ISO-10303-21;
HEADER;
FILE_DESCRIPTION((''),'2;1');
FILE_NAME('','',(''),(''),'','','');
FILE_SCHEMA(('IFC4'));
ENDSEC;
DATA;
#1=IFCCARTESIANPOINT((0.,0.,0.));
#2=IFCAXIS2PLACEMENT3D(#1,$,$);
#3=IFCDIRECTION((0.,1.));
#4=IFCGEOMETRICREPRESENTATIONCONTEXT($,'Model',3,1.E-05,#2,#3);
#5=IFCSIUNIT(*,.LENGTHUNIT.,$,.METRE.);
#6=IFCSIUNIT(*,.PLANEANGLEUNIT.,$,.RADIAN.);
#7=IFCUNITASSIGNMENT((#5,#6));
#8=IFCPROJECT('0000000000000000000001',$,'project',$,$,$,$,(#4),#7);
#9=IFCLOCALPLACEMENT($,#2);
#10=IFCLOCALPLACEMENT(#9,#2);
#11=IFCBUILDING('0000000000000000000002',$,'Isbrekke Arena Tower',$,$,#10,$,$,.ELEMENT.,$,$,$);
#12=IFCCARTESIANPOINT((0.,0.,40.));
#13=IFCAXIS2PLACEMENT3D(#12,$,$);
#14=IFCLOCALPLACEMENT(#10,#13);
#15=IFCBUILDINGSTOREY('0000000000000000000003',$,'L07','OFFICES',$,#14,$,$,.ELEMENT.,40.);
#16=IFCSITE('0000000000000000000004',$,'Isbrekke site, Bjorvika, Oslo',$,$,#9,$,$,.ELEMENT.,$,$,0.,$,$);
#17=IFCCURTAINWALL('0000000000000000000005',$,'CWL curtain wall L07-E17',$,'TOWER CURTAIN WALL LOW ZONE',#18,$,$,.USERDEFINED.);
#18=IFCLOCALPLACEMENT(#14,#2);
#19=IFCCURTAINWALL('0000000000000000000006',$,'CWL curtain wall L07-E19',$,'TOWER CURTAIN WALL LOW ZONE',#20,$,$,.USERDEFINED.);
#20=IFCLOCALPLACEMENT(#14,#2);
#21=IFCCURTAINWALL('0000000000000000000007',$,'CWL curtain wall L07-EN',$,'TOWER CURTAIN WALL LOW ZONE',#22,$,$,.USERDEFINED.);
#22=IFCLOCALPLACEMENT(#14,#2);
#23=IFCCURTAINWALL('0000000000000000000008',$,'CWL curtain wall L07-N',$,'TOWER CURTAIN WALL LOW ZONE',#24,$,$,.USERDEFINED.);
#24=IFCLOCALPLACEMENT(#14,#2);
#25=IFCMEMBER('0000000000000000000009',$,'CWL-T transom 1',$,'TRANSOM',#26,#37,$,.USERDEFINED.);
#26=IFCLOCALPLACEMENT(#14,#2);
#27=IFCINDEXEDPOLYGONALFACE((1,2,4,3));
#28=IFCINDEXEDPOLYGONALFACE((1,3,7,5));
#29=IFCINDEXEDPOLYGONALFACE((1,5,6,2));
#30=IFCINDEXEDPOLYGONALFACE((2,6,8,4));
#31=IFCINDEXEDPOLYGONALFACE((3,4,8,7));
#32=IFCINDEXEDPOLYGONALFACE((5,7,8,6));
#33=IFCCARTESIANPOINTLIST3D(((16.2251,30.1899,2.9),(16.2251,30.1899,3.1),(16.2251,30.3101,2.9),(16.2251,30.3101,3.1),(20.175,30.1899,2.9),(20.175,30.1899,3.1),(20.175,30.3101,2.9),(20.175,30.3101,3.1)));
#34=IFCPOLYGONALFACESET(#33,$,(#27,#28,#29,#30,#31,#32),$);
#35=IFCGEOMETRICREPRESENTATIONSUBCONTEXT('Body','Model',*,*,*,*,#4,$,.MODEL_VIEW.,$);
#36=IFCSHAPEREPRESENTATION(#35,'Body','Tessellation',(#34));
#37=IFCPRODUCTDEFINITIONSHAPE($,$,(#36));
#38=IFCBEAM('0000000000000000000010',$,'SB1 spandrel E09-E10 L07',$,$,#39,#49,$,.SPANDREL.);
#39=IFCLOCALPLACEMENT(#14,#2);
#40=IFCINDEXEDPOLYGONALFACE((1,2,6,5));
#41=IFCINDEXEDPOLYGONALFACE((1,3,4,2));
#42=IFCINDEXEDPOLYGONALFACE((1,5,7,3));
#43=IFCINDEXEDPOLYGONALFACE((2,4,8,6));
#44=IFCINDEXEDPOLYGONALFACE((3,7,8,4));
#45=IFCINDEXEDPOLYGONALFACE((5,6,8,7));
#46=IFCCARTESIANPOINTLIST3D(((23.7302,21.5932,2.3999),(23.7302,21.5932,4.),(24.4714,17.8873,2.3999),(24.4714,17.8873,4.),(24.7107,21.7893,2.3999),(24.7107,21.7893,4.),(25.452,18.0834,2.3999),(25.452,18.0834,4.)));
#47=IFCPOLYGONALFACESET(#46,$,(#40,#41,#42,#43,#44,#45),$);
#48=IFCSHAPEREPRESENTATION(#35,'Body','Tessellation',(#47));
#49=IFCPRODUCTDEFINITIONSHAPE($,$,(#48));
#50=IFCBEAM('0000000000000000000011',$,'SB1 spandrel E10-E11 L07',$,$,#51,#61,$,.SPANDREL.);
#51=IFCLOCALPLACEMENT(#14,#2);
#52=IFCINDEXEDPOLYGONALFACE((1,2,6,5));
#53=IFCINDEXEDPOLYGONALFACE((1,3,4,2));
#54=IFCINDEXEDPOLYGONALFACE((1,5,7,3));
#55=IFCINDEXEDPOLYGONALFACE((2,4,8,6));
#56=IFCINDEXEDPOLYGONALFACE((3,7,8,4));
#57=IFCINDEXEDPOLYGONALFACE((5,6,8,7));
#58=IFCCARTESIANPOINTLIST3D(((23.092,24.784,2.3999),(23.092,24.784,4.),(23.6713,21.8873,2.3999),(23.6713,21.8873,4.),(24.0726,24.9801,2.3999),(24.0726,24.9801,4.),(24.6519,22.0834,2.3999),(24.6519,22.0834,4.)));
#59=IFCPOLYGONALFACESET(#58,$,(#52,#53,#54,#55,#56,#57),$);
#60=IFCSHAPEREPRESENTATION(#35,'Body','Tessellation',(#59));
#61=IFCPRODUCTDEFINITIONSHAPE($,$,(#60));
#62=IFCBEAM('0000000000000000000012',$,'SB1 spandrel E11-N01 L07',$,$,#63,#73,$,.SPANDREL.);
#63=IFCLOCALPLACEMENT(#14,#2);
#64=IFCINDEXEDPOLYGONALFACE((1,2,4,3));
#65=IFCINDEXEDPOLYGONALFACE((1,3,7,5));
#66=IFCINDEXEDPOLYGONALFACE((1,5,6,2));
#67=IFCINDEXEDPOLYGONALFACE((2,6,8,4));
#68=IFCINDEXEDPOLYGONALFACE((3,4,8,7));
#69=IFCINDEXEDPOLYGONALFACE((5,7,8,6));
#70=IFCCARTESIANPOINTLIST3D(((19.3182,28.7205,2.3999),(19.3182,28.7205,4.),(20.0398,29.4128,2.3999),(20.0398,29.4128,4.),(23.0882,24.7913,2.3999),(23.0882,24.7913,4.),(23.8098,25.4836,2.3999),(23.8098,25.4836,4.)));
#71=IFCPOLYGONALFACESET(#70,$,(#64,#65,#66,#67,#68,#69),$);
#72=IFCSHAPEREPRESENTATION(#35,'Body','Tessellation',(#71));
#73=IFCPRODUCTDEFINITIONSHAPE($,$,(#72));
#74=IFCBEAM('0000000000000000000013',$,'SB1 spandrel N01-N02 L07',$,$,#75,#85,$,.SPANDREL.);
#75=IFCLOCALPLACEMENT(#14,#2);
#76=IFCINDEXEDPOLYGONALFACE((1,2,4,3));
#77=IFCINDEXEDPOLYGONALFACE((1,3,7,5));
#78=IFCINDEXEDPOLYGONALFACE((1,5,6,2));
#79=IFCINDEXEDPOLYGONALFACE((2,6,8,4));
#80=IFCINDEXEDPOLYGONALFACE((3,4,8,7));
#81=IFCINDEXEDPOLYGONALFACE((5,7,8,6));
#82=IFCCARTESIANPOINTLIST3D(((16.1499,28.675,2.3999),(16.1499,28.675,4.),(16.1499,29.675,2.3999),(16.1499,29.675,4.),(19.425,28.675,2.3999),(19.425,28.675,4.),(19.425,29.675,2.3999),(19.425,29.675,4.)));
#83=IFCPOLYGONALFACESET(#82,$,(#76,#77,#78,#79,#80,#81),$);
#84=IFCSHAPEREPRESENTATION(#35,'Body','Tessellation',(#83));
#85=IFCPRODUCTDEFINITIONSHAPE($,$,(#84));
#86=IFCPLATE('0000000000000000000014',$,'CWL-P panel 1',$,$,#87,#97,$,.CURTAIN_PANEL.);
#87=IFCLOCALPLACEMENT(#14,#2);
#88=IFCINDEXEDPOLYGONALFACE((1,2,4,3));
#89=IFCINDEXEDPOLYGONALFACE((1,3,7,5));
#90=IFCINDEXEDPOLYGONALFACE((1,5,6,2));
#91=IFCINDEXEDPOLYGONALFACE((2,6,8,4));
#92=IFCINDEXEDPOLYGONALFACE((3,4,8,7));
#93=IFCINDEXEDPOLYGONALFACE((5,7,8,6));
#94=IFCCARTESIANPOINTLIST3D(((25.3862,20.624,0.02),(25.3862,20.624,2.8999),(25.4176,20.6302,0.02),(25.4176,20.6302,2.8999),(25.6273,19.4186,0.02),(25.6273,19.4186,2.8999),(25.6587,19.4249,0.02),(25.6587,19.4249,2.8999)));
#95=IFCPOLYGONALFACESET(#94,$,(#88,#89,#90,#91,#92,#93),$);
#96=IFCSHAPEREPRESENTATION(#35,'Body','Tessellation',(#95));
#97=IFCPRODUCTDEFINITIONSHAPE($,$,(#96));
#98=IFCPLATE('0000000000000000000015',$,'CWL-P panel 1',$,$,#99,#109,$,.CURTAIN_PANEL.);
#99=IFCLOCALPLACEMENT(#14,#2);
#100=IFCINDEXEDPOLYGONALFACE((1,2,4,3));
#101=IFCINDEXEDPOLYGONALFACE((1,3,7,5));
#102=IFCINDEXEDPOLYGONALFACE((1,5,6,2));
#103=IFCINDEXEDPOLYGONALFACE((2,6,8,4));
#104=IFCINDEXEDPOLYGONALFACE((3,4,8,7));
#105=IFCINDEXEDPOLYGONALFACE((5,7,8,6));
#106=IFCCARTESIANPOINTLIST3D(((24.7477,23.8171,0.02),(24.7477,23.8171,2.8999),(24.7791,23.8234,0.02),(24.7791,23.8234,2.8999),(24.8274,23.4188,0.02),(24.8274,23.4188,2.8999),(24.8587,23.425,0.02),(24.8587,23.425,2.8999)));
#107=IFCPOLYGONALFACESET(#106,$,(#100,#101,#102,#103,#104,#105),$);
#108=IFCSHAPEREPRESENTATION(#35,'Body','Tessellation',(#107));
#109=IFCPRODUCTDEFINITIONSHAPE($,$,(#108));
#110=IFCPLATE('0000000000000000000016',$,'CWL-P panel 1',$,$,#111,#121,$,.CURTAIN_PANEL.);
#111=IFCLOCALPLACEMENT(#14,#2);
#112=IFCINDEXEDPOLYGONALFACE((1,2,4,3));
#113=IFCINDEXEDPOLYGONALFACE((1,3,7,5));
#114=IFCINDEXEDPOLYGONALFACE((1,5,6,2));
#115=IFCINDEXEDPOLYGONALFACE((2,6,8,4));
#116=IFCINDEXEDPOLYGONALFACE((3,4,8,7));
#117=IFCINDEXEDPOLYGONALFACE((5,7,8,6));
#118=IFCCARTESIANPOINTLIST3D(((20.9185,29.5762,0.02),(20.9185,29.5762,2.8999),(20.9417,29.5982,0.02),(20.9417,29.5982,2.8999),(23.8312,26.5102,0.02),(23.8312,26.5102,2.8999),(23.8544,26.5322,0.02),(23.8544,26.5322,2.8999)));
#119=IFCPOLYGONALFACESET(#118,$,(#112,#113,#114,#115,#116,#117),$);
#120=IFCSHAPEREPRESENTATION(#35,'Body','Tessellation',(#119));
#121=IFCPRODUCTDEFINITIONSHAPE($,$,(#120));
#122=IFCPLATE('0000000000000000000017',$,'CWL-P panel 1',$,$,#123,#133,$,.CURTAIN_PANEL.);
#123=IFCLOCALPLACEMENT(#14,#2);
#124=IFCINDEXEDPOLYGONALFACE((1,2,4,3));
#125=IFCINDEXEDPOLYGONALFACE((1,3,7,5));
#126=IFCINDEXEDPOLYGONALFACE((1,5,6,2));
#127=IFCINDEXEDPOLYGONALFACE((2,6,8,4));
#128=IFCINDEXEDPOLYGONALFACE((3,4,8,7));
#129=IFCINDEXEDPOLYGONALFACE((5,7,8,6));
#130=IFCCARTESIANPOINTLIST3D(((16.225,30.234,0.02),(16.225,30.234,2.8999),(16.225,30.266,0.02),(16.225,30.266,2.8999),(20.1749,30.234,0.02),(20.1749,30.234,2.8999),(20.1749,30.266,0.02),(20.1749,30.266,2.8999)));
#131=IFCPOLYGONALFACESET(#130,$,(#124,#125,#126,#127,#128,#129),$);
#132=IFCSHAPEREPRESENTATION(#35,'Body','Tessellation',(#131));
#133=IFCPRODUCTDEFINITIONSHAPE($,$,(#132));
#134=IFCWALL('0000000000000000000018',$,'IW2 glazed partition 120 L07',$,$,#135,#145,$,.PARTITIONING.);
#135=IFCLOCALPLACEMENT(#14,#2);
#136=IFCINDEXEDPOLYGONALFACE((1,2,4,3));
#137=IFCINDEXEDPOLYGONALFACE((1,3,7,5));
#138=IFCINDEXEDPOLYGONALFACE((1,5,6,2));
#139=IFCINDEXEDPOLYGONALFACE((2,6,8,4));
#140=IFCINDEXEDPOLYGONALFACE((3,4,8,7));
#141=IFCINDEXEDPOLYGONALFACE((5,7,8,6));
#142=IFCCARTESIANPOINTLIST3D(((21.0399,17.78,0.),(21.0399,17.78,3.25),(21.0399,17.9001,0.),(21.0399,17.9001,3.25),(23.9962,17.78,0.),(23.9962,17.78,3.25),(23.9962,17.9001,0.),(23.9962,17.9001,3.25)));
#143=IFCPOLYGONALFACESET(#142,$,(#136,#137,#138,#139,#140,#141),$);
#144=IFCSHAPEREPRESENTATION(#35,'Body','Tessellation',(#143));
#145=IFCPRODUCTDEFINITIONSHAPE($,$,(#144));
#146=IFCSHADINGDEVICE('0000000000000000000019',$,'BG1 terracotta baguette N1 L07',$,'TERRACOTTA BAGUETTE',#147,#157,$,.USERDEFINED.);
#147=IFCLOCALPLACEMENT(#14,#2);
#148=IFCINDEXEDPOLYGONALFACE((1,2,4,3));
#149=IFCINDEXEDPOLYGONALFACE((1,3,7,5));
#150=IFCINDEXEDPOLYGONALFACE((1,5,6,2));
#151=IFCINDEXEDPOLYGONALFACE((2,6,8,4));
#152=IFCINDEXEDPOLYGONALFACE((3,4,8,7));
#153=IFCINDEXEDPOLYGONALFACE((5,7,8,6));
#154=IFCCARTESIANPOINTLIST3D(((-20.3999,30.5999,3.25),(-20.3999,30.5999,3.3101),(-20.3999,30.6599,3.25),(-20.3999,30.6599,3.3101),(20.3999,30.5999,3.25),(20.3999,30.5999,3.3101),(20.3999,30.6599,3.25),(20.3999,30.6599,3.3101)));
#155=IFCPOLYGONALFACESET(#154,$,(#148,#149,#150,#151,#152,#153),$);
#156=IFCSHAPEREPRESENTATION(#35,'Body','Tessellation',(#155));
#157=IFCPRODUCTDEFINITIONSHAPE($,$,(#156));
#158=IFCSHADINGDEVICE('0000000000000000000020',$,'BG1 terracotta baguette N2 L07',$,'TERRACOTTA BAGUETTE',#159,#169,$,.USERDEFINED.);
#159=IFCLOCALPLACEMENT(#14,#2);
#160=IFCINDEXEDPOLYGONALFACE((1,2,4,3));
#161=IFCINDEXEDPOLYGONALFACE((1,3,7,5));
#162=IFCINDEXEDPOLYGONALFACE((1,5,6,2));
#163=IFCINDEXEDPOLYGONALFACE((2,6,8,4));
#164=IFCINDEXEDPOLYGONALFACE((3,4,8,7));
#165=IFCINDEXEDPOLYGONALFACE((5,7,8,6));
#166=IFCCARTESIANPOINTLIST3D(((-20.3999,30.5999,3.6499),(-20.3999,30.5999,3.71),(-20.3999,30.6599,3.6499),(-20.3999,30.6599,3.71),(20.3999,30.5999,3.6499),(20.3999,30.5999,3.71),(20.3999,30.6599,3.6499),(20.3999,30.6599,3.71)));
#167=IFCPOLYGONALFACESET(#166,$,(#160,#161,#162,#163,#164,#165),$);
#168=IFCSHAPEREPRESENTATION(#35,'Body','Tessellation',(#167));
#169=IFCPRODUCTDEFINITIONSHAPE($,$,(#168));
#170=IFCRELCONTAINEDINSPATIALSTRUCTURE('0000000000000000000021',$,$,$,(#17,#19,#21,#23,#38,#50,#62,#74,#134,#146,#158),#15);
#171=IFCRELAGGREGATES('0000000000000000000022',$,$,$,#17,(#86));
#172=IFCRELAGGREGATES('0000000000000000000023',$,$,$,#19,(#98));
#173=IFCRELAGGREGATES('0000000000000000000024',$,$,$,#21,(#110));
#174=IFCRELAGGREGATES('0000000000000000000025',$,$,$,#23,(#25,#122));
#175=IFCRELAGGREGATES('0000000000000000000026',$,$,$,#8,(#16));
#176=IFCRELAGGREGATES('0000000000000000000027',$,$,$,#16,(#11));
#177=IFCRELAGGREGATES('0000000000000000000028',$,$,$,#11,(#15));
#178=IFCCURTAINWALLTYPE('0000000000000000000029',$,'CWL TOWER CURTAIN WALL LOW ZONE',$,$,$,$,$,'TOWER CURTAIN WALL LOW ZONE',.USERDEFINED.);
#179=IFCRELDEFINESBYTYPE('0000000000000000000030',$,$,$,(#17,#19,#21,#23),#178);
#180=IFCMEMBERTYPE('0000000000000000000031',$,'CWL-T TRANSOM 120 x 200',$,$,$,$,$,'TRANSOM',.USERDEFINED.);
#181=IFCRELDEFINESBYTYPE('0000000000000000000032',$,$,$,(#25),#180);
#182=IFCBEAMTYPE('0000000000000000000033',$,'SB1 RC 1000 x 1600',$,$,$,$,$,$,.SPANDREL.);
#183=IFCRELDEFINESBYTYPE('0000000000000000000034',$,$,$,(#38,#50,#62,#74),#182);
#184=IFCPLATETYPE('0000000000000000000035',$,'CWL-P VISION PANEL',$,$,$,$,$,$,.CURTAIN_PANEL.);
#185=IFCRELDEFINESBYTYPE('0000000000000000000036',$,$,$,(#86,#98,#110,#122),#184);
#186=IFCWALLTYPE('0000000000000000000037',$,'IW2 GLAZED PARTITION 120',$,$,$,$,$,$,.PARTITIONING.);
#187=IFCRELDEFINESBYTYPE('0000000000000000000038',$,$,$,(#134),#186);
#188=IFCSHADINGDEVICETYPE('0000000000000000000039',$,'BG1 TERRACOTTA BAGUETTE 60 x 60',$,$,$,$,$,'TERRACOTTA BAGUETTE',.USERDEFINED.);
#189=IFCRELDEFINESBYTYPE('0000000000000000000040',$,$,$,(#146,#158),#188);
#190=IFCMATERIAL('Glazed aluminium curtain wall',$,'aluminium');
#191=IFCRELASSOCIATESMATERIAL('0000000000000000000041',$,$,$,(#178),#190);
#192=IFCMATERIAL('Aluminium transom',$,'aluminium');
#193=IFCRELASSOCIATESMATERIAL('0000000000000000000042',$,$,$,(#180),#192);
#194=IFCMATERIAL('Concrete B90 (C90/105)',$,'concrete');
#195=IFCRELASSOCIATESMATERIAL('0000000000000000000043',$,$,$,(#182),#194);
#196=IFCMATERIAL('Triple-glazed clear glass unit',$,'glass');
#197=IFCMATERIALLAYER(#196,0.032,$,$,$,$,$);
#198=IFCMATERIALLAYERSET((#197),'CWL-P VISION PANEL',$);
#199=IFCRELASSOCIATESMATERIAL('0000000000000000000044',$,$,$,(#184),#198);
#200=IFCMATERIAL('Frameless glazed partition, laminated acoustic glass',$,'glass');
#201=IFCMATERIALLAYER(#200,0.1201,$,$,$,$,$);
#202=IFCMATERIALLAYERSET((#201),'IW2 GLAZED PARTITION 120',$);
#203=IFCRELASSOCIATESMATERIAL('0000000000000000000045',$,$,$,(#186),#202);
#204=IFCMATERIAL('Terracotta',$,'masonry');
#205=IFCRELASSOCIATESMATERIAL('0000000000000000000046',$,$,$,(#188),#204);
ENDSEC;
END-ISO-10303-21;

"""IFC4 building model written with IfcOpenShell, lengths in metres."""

from ifc_helpers import new_model, si_unit, direction, frame, frame_2d, origin, origin_2d, place, context, subcontext, project, spatial, rectangle, extrude, material, layer, layer_set, material_profile, profile_set, type_object, element, aggregate, save


model = new_model("IFC4")

# Units and contexts
model_context = context("Model", 3, precision=1e-05, world=origin(), true_north=direction((0.0, 1.0)))
body_context = subcontext(model_context, "Body", "Model", "MODEL_VIEW")
ifc_project = project(units=[si_unit("LENGTHUNIT", "METRE"), si_unit("PLANEANGLEUNIT", "RADIAN")], contexts=[model_context])

# Site, building, storey
site_placement = place(None, origin())
site = spatial("IfcSite", under=ifc_project, at=site_placement, Name="Isbrekke site, Bjorvika, Oslo", CompositionType="ELEMENT", RefElevation=0.0)
building_placement = place(site_placement, origin())
building = spatial("IfcBuilding", under=site, at=building_placement, Name="Isbrekke Arena Tower", CompositionType="ELEMENT")
storey_placement = place(building_placement, frame((0.0, 0.0, 40.0)))
storey = spatial("IfcBuildingStorey", under=building, at=storey_placement, Name="L07", Description="OFFICES", CompositionType="ELEMENT", Elevation=40.0)

# Curtain walls
ifc_material_1 = material(Name="Glazed aluminium curtain wall", Category="aluminium")
curtain_wall_type = type_object("IfcCurtainWallType", Name="CWL TOWER CURTAIN WALL LOW ZONE", ElementType="TOWER CURTAIN WALL LOW ZONE", PredefinedType="USERDEFINED", material=ifc_material_1)
curtain_wall_1_placement = place(storey_placement, origin())
curtain_wall_1 = element("IfcCurtainWall", 1, at=curtain_wall_1_placement, inside=storey, type_object=curtain_wall_type, Name="CWL curtain wall L07-E17", ObjectType="TOWER CURTAIN WALL LOW ZONE", PredefinedType="USERDEFINED")
curtain_wall_2_placement = place(storey_placement, origin())
curtain_wall_2 = element("IfcCurtainWall", 2, at=curtain_wall_2_placement, inside=storey, type_object=curtain_wall_type, Name="CWL curtain wall L07-E19", ObjectType="TOWER CURTAIN WALL LOW ZONE", PredefinedType="USERDEFINED")
curtain_wall_3_placement = place(storey_placement, origin())
curtain_wall_3 = element("IfcCurtainWall", 3, at=curtain_wall_3_placement, inside=storey, type_object=curtain_wall_type, Name="CWL curtain wall L07-EN", ObjectType="TOWER CURTAIN WALL LOW ZONE", PredefinedType="USERDEFINED")
curtain_wall_4_placement = place(storey_placement, origin())
curtain_wall_4 = element("IfcCurtainWall", 4, at=curtain_wall_4_placement, inside=storey, type_object=curtain_wall_type, Name="CWL curtain wall L07-N", ObjectType="TOWER CURTAIN WALL LOW ZONE", PredefinedType="USERDEFINED")

# Member
ifc_material_2 = material(Name="Aluminium transom", Category="aluminium")
ifc_material_profile_1 = material_profile(ifc_material_2, rectangle(XDim=0.1201, YDim=0.2, at=origin_2d()), Name="TRANSOM 120X200")
ifc_profile_set_1 = profile_set([ifc_material_profile_1], Name="Aluminium transom")
member_type_1 = type_object("IfcMemberType", Name="CWL-T TRANSOM 120 x 200", ElementType="TRANSOM", PredefinedType="USERDEFINED", material=ifc_profile_set_1)
member_1_placement = place(storey_placement, frame((20.175, 30.25, 3.0), z_axis=(-1.0, 0.0, 0.0), x_axis=(0.0, -1.0, 0.0)))
member_1 = element("IfcMember", 5, at=member_1_placement, type_object=member_type_1, Name="CWL-T transom 1", ObjectType="TRANSOM", PredefinedType="USERDEFINED", context=body_context, shape_type="SweptSolid", body=[
    extrude(rectangle(XDim=0.1201, YDim=0.2, at=origin_2d()), origin(), (0.0, 0.0, 1.0), 3.95),
])

# Beams
ifc_material_3 = material(Name="Concrete B90 (C90/105)", Category="concrete")
ifc_material_profile_2 = material_profile(ifc_material_3, rectangle(XDim=1.0, YDim=1.6001, at=origin_2d()), Name="RC 1000x1600")
ifc_profile_set_2 = profile_set([ifc_material_profile_2], Name="Concrete B90 (C90/105)")
beam_type_1 = type_object("IfcBeamType", Name="SB1 RC 1000 x 1600", PredefinedType="SPANDREL", material=ifc_profile_set_2)
beam_1_placement = place(storey_placement, frame((24.9617, 17.9854, 3.2), z_axis=(-0.196129, 0.980578, 0.0), x_axis=(-0.980578, -0.196129, 0.0)))
element("IfcBeam", 6, at=beam_1_placement, inside=storey, type_object=beam_type_1, Name="SB1 spandrel E09-E10 L07", PredefinedType="SPANDREL", context=body_context, shape_type="SweptSolid", body=[
    extrude(rectangle(XDim=1.0, YDim=1.6001, at=origin_2d()), origin(), (0.0, 0.0, 1.0), 3.7793),
])
beam_2_placement = place(storey_placement, frame((24.1616, 21.9854, 3.2), z_axis=(-0.196116, 0.980581, 0.0), x_axis=(-0.980581, -0.196116, 0.0)))
element("IfcBeam", 7, at=beam_2_placement, inside=storey, type_object=beam_type_1, Name="SB1 spandrel E10-E11 L07", PredefinedType="SPANDREL", context=body_context, shape_type="SweptSolid", body=[
    extrude(rectangle(XDim=1.0, YDim=1.6001, at=origin_2d()), origin(), (0.0, 0.0, 1.0), 2.9541),
])
beam_3_placement = place(storey_placement, frame((23.449, 25.1375, 3.2), z_axis=(-0.69234, 0.721572, 0.0), x_axis=(-0.721572, -0.69234, 0.0)))
element("IfcBeam", 8, at=beam_3_placement, inside=storey, type_object=beam_type_1, Name="SB1 spandrel E11-N01 L07", PredefinedType="SPANDREL", context=body_context, shape_type="SweptSolid", body=[
    extrude(rectangle(XDim=1.0, YDim=1.6001, at=origin_2d()), origin(), (0.0, 0.0, 1.0), 5.4453),
])
beam_4_placement = place(storey_placement, frame((19.425, 29.175, 3.2), z_axis=(-1.0, 0.0, 0.0), x_axis=(0.0, -1.0, 0.0)))
element("IfcBeam", 9, at=beam_4_placement, inside=storey, type_object=beam_type_1, Name="SB1 spandrel N01-N02 L07", PredefinedType="SPANDREL", context=body_context, shape_type="SweptSolid", body=[
    extrude(rectangle(XDim=1.0, YDim=1.6001, at=origin_2d()), origin(), (0.0, 0.0, 1.0), 3.2751),
])

# Plates
ifc_material_4 = material(Name="Triple-glazed clear glass unit", Category="glass")
ifc_layer_1 = layer(ifc_material_4, 0.032)
ifc_layer_set_1 = layer_set([ifc_layer_1], Name="CWL-P VISION PANEL")
plate_type = type_object("IfcPlateType", Name="CWL-P VISION PANEL", PredefinedType="CURTAIN_PANEL", material=ifc_layer_set_1)
plate_1_placement = place(storey_placement, frame((25.5225, 20.0244, 0.02), z_axis=(0.0, 0.0, 1.0), x_axis=(-0.196116, 0.980581, 0.0)))
plate_1 = element("IfcPlate", 10, at=plate_1_placement, type_object=plate_type, Name="CWL-P panel 1", PredefinedType="CURTAIN_PANEL", context=body_context, shape_type="SweptSolid", body=[
    extrude(rectangle(XDim=1.2292, YDim=0.032, at=origin_2d()), origin(), (0.0, 0.0, 1.0), 2.8799),
])
aggregate(curtain_wall_1, [plate_1])
plate_2_placement = place(storey_placement, frame((24.8032, 23.6211, 0.02), z_axis=(0.0, 0.0, 1.0), x_axis=(-0.196116, 0.980581, 0.0)))
plate_2 = element("IfcPlate", 11, at=plate_2_placement, type_object=plate_type, Name="CWL-P panel 1", PredefinedType="CURTAIN_PANEL", context=body_context, shape_type="SweptSolid", body=[
    extrude(rectangle(XDim=0.4062, YDim=0.032, at=origin_2d()), origin(), (0.0, 0.0, 1.0), 2.8799),
])
aggregate(curtain_wall_2, [plate_2])
plate_3_placement = place(storey_placement, frame((22.3865, 28.0542, 0.02), z_axis=(0.0, 0.0, 1.0), x_axis=(-0.688749, 0.724999, 0.0)))
plate_3 = element("IfcPlate", 12, at=plate_3_placement, type_object=plate_type, Name="CWL-P panel 1", PredefinedType="CURTAIN_PANEL", context=body_context, shape_type="SweptSolid", body=[
    extrude(rectangle(XDim=4.229, YDim=0.032, at=origin_2d()), origin(), (0.0, 0.0, 1.0), 2.8799),
])
aggregate(curtain_wall_3, [plate_3])
plate_4_placement = place(storey_placement, frame((18.2, 30.25, 0.02), z_axis=(0.0, 0.0, 1.0), x_axis=(-1.0, 0.0, 0.0)))
plate_4 = element("IfcPlate", 13, at=plate_4_placement, type_object=plate_type, Name="CWL-P panel 1", PredefinedType="CURTAIN_PANEL", context=body_context, shape_type="SweptSolid", body=[
    extrude(rectangle(XDim=3.95, YDim=0.032, at=origin_2d()), origin(), (0.0, 0.0, 1.0), 2.8799),
])
aggregate(curtain_wall_4, [member_1, plate_4])

# Wall
ifc_material_5 = material(Name="Frameless glazed partition, laminated acoustic glass", Category="glass")
ifc_layer_2 = layer(ifc_material_5, 0.1201)
ifc_layer_set_2 = layer_set([ifc_layer_2], Name="IW2 GLAZED PARTITION 120")
wall_type = type_object("IfcWallType", Name="IW2 GLAZED PARTITION 120", PredefinedType="PARTITIONING", material=ifc_layer_set_2)
wall_placement = place(storey_placement, frame((21.04, 17.8401, 0.0), z_axis=(0.0, 0.0, 1.0), x_axis=(1.0, 0.0, 0.0)))
element("IfcWall", 14, at=wall_placement, inside=storey, type_object=wall_type, Name="IW2 glazed partition 120 L07", PredefinedType="PARTITIONING", context=body_context, shape_type="SweptSolid", body=[
    extrude(rectangle(XDim=2.9563, YDim=0.1201, at=frame_2d((1.478, 0.0))), origin(), (0.0, 0.0, 1.0), 3.25),
])

# Shading devices
ifc_material_6 = material(Name="Terracotta", Category="masonry")
ifc_material_profile_3 = material_profile(ifc_material_6, rectangle(XDim=0.0601, YDim=0.0601, at=origin_2d()), Name="BAGUETTE 60X60")
ifc_profile_set_3 = profile_set([ifc_material_profile_3], Name="Terracotta")
shading_device_type = type_object("IfcShadingDeviceType", Name="BG1 TERRACOTTA BAGUETTE 60 x 60", ElementType="TERRACOTTA BAGUETTE", PredefinedType="USERDEFINED", material=ifc_profile_set_3)
for number, where, z_axis, x_axis, name in (
    (15, (20.3999, 30.6299, 3.28), (-1.0, 0.0, 0.0), (0.0, -1.0, 0.0), "BG1 terracotta baguette N1 L07"),
    (16, (20.3999, 30.6299, 3.6799), (-1.0, 0.0, 0.0), (0.0, -1.0, 0.0), "BG1 terracotta baguette N2 L07"),
):
    element("IfcShadingDevice", number, at=place(storey_placement, frame(where, z_axis=z_axis, x_axis=x_axis)), inside=storey, type_object=shading_device_type, Name=name, ObjectType="TERRACOTTA BAGUETTE", PredefinedType="USERDEFINED", context=body_context, shape_type="SweptSolid", body=[
        extrude(rectangle(XDim=0.0601, YDim=0.0601, at=origin_2d()), origin(), (0.0, 0.0, 1.0), 40.7998),
    ])

save(model, "model.ifc")
